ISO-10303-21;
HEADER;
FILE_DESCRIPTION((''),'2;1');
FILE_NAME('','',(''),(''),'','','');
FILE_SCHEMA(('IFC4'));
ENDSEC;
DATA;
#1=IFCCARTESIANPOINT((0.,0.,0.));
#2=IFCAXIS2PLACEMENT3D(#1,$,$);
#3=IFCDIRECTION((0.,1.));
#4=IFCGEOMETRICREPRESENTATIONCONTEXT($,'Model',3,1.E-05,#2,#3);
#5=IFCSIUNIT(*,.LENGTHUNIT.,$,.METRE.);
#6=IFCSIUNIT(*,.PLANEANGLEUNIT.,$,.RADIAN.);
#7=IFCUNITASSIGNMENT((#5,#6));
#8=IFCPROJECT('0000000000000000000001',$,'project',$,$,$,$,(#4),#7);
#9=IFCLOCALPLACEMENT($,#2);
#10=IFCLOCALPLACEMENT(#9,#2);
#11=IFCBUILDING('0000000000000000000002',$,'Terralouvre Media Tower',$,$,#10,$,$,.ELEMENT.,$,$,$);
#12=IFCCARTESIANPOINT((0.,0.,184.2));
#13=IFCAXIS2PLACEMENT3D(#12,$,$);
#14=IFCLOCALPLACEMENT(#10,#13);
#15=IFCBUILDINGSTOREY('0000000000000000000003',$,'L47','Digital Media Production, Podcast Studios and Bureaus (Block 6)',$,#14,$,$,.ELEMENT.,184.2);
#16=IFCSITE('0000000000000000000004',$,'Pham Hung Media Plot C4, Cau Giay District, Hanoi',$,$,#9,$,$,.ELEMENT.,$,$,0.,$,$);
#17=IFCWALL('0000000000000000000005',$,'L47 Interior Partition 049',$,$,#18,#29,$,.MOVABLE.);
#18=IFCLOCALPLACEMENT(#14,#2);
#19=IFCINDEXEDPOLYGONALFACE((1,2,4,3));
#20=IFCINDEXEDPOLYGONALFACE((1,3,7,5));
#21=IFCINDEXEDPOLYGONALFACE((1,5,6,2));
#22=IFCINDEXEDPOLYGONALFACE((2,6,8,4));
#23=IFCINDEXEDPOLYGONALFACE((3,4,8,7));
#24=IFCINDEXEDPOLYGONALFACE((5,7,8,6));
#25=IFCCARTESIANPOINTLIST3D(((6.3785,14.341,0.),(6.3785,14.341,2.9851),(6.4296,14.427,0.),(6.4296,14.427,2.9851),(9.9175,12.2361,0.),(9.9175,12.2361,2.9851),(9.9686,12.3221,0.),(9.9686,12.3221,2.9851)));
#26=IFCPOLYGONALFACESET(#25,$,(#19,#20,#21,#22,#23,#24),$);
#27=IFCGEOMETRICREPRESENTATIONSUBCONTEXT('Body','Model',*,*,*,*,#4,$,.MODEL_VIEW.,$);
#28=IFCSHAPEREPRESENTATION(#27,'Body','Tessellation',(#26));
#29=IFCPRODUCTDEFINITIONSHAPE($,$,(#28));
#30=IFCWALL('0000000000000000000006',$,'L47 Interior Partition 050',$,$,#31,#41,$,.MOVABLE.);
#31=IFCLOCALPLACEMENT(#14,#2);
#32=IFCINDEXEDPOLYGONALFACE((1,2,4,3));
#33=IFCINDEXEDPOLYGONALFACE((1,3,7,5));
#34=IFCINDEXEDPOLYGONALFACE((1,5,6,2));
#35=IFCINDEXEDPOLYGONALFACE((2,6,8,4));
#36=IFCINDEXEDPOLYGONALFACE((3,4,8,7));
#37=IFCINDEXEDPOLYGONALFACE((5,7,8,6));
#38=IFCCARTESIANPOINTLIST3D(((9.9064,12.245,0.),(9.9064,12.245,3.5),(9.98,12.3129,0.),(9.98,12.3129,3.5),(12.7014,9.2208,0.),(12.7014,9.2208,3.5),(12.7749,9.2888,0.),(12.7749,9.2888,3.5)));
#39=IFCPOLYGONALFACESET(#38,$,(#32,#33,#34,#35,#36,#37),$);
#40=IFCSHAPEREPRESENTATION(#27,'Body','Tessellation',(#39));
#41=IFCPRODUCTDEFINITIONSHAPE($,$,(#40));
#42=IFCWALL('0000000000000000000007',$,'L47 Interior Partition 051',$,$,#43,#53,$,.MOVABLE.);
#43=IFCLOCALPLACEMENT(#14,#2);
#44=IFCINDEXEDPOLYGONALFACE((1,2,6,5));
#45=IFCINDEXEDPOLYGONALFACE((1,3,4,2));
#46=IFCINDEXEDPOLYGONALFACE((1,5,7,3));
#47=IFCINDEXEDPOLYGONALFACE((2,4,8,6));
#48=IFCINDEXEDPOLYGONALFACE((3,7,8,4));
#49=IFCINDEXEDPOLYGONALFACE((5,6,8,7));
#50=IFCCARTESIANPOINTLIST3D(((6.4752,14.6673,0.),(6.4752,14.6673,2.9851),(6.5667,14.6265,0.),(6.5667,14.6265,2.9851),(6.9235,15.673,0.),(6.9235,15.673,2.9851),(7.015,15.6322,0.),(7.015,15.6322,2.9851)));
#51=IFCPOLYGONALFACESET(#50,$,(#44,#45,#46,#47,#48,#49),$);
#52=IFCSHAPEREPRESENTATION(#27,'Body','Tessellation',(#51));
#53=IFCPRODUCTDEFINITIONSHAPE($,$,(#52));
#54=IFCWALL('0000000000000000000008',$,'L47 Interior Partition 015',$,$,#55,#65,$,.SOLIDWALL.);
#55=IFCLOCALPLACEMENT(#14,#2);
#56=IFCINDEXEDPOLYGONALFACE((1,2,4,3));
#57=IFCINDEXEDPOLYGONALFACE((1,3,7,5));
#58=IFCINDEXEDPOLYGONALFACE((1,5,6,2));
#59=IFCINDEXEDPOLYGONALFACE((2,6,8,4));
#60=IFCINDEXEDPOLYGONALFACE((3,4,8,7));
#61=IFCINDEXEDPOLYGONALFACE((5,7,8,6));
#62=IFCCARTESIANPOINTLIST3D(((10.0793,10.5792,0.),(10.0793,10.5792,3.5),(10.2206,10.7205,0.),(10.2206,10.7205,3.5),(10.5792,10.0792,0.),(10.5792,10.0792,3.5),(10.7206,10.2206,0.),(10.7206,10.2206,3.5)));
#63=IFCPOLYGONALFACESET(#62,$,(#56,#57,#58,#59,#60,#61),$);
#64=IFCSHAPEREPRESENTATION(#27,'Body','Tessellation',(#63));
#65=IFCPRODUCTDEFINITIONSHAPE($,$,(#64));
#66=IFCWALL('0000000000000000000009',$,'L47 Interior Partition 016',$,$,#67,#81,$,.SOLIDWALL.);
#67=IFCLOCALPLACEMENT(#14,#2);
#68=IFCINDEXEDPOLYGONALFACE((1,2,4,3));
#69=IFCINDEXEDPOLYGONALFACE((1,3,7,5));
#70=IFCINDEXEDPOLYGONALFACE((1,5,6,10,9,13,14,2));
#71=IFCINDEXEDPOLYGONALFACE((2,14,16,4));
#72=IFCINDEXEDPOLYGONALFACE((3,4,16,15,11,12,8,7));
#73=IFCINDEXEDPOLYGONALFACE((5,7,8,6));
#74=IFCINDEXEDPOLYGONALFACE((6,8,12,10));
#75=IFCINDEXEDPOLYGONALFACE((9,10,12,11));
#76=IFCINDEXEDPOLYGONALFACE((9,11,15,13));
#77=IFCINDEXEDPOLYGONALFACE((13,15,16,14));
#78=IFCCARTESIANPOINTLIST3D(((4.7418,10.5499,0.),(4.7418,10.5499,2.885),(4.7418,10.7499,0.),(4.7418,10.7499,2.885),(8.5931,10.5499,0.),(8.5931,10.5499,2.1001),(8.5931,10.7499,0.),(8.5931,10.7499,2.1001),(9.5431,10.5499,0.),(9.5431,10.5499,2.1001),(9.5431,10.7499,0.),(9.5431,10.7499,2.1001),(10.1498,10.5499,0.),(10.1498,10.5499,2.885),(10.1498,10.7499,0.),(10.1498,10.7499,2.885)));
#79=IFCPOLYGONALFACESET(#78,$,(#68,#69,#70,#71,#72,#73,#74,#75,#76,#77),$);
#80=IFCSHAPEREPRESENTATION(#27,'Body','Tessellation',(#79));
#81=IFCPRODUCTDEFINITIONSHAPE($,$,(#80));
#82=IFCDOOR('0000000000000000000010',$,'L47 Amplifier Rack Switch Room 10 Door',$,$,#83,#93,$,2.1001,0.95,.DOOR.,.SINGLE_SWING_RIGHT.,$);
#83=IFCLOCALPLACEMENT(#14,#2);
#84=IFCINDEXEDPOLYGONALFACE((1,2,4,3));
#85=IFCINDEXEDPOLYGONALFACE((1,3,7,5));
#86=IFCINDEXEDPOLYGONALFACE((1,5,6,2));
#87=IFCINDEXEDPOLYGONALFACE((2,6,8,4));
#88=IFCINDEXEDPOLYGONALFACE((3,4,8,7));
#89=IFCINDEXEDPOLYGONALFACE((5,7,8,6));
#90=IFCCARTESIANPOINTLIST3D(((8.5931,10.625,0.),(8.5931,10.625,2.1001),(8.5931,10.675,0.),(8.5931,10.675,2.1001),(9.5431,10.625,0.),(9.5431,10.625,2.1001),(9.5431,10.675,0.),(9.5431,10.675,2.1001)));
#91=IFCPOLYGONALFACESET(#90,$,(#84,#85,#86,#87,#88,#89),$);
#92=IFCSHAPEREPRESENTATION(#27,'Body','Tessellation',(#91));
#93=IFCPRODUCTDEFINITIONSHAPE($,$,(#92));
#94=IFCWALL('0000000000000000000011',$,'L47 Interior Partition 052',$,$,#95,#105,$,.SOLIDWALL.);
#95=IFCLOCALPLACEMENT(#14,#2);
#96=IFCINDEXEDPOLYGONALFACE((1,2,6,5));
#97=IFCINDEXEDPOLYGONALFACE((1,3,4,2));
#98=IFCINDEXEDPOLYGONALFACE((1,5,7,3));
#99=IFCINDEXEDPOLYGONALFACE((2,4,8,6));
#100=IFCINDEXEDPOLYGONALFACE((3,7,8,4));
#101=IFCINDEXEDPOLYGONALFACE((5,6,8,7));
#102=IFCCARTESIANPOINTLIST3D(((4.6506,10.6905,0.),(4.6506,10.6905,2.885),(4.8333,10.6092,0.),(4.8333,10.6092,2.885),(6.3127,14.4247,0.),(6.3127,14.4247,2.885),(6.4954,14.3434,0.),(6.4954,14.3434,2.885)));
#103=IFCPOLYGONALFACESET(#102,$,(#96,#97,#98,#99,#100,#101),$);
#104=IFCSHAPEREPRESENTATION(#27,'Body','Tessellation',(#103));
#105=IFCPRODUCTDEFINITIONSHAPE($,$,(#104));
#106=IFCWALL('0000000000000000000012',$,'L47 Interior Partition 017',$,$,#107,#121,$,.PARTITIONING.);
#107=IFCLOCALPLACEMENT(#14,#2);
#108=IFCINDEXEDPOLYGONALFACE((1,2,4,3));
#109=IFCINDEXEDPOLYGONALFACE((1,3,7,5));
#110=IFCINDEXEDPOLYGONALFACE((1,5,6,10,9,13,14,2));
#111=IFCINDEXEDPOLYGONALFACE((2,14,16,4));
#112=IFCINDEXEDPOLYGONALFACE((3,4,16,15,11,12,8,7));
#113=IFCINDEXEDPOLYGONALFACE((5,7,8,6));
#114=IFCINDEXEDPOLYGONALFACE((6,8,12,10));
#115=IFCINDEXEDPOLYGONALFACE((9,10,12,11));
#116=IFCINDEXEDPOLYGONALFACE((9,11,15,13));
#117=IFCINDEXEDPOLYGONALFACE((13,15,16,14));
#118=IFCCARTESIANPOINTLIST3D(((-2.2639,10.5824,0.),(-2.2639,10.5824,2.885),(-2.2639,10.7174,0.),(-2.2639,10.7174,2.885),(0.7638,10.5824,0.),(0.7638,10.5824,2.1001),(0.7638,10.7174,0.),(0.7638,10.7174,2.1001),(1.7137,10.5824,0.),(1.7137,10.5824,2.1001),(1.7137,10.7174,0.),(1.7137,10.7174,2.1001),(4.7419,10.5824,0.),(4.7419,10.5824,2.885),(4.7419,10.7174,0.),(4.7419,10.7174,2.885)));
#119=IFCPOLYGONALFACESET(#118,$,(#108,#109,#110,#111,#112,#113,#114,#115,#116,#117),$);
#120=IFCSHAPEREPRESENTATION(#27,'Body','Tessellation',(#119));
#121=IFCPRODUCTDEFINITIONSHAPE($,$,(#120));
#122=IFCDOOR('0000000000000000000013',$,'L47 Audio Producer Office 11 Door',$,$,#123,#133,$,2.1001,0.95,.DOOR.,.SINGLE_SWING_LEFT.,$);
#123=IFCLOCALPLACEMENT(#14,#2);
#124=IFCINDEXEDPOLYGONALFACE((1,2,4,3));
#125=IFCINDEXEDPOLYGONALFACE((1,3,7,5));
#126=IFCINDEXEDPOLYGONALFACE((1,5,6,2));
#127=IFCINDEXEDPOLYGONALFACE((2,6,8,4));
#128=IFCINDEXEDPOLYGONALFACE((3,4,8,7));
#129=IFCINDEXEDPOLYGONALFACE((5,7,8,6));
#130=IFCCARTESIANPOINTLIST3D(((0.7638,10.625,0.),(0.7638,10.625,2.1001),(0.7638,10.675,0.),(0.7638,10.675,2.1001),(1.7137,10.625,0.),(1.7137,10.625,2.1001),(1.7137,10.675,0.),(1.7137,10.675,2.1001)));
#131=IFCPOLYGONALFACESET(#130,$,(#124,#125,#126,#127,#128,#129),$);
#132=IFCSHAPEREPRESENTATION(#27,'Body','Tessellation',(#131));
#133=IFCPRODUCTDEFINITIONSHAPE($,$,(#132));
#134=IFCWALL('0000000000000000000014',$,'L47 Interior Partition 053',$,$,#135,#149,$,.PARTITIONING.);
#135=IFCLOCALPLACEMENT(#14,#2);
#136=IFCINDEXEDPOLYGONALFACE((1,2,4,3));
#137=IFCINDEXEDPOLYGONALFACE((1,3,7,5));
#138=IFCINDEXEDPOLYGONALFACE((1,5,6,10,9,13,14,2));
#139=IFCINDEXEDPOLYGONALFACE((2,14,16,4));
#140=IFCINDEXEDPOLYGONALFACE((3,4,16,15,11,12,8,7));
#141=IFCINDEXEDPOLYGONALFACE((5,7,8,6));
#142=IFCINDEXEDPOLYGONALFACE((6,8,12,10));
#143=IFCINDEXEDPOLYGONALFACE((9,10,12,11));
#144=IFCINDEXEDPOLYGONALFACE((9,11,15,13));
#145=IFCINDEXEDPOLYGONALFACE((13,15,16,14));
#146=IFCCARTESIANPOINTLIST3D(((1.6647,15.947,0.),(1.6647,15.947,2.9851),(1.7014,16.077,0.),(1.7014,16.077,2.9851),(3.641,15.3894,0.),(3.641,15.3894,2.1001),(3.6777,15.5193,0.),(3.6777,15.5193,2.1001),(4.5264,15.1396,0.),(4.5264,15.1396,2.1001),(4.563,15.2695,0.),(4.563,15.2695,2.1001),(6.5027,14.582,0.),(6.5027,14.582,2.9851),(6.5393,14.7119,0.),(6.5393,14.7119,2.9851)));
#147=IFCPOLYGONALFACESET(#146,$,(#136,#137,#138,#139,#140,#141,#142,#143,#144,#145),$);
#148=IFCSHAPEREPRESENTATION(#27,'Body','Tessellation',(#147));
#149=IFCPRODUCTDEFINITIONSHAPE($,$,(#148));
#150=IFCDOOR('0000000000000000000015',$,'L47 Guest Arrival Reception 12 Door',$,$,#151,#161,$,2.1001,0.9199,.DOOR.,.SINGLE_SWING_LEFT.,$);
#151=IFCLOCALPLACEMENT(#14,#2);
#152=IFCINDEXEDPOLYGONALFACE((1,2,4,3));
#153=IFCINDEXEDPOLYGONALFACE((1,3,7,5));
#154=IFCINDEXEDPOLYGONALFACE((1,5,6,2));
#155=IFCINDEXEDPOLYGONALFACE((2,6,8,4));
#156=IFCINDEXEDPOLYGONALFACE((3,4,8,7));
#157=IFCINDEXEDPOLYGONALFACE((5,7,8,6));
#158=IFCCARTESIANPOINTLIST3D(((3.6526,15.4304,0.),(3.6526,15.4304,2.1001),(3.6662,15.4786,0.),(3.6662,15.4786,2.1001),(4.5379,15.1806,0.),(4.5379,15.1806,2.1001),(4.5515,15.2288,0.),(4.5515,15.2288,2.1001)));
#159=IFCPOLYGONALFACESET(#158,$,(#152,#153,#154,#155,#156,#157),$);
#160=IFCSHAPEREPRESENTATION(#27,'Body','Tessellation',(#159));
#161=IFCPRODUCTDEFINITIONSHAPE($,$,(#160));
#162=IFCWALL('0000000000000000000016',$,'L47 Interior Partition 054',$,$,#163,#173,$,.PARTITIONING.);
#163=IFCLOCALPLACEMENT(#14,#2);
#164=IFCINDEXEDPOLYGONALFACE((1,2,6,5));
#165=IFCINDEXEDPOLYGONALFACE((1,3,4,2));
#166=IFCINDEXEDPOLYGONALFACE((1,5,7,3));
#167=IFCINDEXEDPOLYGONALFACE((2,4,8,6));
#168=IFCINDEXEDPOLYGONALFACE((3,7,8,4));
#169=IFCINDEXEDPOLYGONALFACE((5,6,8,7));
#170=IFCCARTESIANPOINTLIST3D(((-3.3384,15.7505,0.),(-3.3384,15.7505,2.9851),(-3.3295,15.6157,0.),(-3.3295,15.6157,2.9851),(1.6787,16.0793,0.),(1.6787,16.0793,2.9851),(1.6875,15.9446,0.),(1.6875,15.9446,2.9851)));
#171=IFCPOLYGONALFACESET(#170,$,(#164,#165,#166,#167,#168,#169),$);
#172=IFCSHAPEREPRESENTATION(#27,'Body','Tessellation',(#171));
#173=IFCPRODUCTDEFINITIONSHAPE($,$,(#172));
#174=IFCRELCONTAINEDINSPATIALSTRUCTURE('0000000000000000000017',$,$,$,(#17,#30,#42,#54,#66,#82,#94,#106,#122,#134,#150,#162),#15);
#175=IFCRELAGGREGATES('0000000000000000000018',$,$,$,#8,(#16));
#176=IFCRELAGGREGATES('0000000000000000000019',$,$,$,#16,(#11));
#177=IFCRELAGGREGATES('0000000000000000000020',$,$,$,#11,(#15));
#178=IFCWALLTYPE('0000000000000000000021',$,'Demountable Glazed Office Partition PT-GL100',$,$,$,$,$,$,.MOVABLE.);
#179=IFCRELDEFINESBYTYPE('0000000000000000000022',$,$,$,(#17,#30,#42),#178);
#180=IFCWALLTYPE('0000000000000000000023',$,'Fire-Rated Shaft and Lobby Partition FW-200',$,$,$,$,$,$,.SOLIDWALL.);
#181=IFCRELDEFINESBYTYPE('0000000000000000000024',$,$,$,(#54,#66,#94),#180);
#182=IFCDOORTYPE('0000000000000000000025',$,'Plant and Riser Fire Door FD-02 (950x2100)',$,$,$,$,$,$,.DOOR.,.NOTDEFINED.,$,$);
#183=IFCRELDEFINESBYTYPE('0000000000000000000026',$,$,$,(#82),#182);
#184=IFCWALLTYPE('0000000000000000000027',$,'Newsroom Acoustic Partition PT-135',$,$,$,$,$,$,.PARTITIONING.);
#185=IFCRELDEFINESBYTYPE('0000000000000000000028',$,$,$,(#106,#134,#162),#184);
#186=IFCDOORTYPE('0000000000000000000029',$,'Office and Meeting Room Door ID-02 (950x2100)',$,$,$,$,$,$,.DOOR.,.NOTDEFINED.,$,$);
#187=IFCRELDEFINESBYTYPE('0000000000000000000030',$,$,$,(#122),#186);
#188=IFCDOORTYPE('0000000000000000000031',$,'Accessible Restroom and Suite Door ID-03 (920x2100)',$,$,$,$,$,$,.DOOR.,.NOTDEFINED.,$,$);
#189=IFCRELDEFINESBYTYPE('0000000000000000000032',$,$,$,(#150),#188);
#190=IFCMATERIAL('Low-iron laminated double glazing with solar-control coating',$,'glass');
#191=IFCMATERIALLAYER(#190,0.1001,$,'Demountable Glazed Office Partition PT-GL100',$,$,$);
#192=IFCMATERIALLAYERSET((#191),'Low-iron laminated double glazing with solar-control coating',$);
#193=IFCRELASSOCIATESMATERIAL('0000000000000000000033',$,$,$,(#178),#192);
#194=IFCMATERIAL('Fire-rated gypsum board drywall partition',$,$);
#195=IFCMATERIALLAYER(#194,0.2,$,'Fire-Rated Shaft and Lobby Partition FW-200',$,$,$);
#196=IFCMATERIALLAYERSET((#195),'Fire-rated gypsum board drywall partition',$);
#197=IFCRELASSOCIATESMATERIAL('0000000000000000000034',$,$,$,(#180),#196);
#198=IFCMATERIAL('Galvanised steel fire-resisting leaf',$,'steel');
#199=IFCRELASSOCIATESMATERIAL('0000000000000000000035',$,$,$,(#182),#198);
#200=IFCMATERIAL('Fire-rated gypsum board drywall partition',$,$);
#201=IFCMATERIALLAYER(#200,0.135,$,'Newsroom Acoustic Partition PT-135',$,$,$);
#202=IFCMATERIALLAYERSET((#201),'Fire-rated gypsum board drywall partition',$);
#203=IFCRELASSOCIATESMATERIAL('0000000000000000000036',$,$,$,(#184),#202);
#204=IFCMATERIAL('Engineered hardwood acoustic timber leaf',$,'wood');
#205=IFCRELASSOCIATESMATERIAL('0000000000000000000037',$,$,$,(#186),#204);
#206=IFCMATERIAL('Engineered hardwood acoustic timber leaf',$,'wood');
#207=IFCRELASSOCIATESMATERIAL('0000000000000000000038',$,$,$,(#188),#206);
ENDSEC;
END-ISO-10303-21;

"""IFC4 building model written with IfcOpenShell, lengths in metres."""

from ifc_helpers import new_model, si_unit, direction, frame, frame_2d, origin, place, context, subcontext, project, spatial, rectangle, extrude, material, layer, layer_set, type_object, element, fill, save


model = new_model("IFC4")

# Units and contexts
model_context = context("Model", 3, precision=1e-05, world=origin(), true_north=direction((0.0, 1.0)))
body_context = subcontext(model_context, "Body", "Model", "MODEL_VIEW")
ifc_project = project(units=[si_unit("LENGTHUNIT", "METRE"), si_unit("PLANEANGLEUNIT", "RADIAN")], contexts=[model_context])

# Site, building, storey
site_placement = place(None, origin())
site = spatial("IfcSite", under=ifc_project, at=site_placement, Name="Pham Hung Media Plot C4, Cau Giay District, Hanoi", CompositionType="ELEMENT", RefElevation=0.0)
building_placement = place(site_placement, origin())
building = spatial("IfcBuilding", under=site, at=building_placement, Name="Terralouvre Media Tower", CompositionType="ELEMENT")
storey_placement = place(building_placement, frame((0.0, 0.0, 184.2)))
storey = spatial("IfcBuildingStorey", under=building, at=storey_placement, Name="L47", Description="Digital Media Production, Podcast Studios and Bureaus (Block 6)", CompositionType="ELEMENT", Elevation=184.2)

# Walls
ifc_material_1 = material(Name="Low-iron laminated double glazing with solar-control coating", Category="glass")
ifc_layer_1 = layer(ifc_material_1, 0.1001, Name="Demountable Glazed Office Partition PT-GL100")
ifc_layer_set_1 = layer_set([ifc_layer_1], Name="Low-iron laminated double glazing with solar-control coating")
wall_type_1 = type_object("IfcWallType", Name="Demountable Glazed Office Partition PT-GL100", PredefinedType="MOVABLE", material=ifc_layer_set_1)
wall_1_placement = place(storey_placement, frame((6.4041, 14.384, 0.0), z_axis=(0.0, 0.0, 1.0), x_axis=(0.859464, -0.511196, 0.0)))
element("IfcWall", 1, at=wall_1_placement, inside=storey, type_object=wall_type_1, Name="L47 Interior Partition 049", PredefinedType="MOVABLE", context=body_context, shape_type="SweptSolid", body=[
    extrude(rectangle(XDim=4.1177, YDim=0.1001, at=frame_2d((2.0588, 0.0))), origin(), (0.0, 0.0, 1.0), 2.9851),
])
wall_2_placement = place(storey_placement, frame((9.9431, 12.2791, 0.0), z_axis=(0.0, 0.0, 1.0), x_axis=(0.678723, -0.734394, 0.0)))
element("IfcWall", 2, at=wall_2_placement, inside=storey, type_object=wall_type_1, Name="L47 Interior Partition 050", PredefinedType="MOVABLE", context=body_context, shape_type="SweptSolid", body=[
    extrude(rectangle(XDim=4.1179, YDim=0.1001, at=frame_2d((2.0591, 0.0))), origin(), (0.0, 0.0, 1.0), 3.5),
])
wall_3_placement = place(storey_placement, frame((6.9692, 15.6526, 0.0), z_axis=(0.0, 0.0, 1.0), x_axis=(-0.407126, -0.913372, 0.0)))
element("IfcWall", 3, at=wall_3_placement, inside=storey, type_object=wall_type_1, Name="L47 Interior Partition 051", PredefinedType="MOVABLE", context=body_context, shape_type="SweptSolid", body=[
    extrude(rectangle(XDim=1.1011, YDim=0.1001, at=frame_2d((0.5505, 0.0))), origin(), (0.0, 0.0, 1.0), 2.9851),
])
ifc_material_2 = material(Name="Fire-rated gypsum board drywall partition")
ifc_layer_2 = layer(ifc_material_2, 0.2, Name="Fire-Rated Shaft and Lobby Partition FW-200")
ifc_layer_set_2 = layer_set([ifc_layer_2], Name="Fire-rated gypsum board drywall partition")
wall_type_2 = type_object("IfcWallType", Name="Fire-Rated Shaft and Lobby Partition FW-200", PredefinedType="SOLIDWALL", material=ifc_layer_set_2)
wall_4_placement = place(storey_placement, frame((10.6499, 10.1499, 0.0), z_axis=(0.0, 0.0, 1.0), x_axis=(-0.707107, 0.707107, 0.0)))
element("IfcWall", 4, at=wall_4_placement, inside=storey, type_object=wall_type_2, Name="L47 Interior Partition 015", PredefinedType="SOLIDWALL", context=body_context, shape_type="SweptSolid", body=[
    extrude(rectangle(XDim=0.707, YDim=0.2, at=frame_2d((0.3535, 0.0))), origin(), (0.0, 0.0, 1.0), 3.5),
])

# Wall, opening, door
wall_5_placement = place(storey_placement, frame((10.1499, 10.6499, 0.0), z_axis=(0.0, 0.0, 1.0), x_axis=(-1.0, 0.0, 0.0)))
wall_5 = element("IfcWall", 5, at=wall_5_placement, inside=storey, type_object=wall_type_2, Name="L47 Interior Partition 016", PredefinedType="SOLIDWALL", context=body_context, shape_type="SweptSolid", body=[
    extrude(rectangle(XDim=5.408, YDim=0.2, at=frame_2d((2.7041, 0.0))), origin(), (0.0, 0.0, 1.0), 2.885),
])
opening_1_placement = place(wall_5_placement, frame((0.6067, 0.0, 0.0)))
opening_1 = element("IfcOpeningElement", 6, at=opening_1_placement, cuts=wall_5, PredefinedType="OPENING", context=body_context, shape_type="SweptSolid", body=[
    extrude(rectangle(XDim=0.95, YDim=2.1001, at=frame_2d((0.4751, 1.05))), frame((0.0, 0.1099, 0.0), z_axis=(0.0, -1.0, 0.0), x_axis=(1.0, 0.0, 0.0)), (0.0, 0.0, 1.0), 0.22),
])
ifc_material_3 = material(Name="Galvanised steel fire-resisting leaf", Category="steel")
door_type_1 = type_object("IfcDoorType", Name="Plant and Riser Fire Door FD-02 (950x2100)", OperationType="NOTDEFINED", PredefinedType="DOOR", material=ifc_material_3)
door_1_placement = place(opening_1_placement, origin())
door_1 = element("IfcDoor", 7, at=door_1_placement, inside=storey, type_object=door_type_1, Name="L47 Amplifier Rack Switch Room 10 Door", OperationType="SINGLE_SWING_RIGHT", OverallHeight=2.1001, OverallWidth=0.95, PredefinedType="DOOR", context=body_context, shape_type="SweptSolid", body=[
    extrude(rectangle(XDim=0.95, YDim=2.1001, at=frame_2d((0.4751, 1.05))), frame((0.0, 0.0249, 0.0), z_axis=(0.0, -1.0, 0.0), x_axis=(1.0, 0.0, 0.0)), (0.0, 0.0, 1.0), 0.05),
])
fill(opening_1, door_1)

# Wall
wall_6_placement = place(storey_placement, frame((6.4041, 14.384, 0.0), z_axis=(0.0, 0.0, 1.0), x_axis=(-0.406648, -0.913585, 0.0)))
element("IfcWall", 8, at=wall_6_placement, inside=storey, type_object=wall_type_2, Name="L47 Interior Partition 052", PredefinedType="SOLIDWALL", context=body_context, shape_type="SweptSolid", body=[
    extrude(rectangle(XDim=4.0874, YDim=0.2, at=frame_2d((2.0437, 0.0))), origin(), (0.0, 0.0, 1.0), 2.885),
])

# Walls, openings, doors
ifc_material_4 = material(Name="Fire-rated gypsum board drywall partition")
ifc_layer_3 = layer(ifc_material_4, 0.135, Name="Newsroom Acoustic Partition PT-135")
ifc_layer_set_3 = layer_set([ifc_layer_3], Name="Fire-rated gypsum board drywall partition")
wall_type_3 = type_object("IfcWallType", Name="Newsroom Acoustic Partition PT-135", PredefinedType="PARTITIONING", material=ifc_layer_set_3)
wall_7_placement = place(storey_placement, frame((4.7419, 10.6499, 0.0), z_axis=(0.0, 0.0, 1.0), x_axis=(-1.0, 0.0, 0.0)))
wall_7 = element("IfcWall", 9, at=wall_7_placement, inside=storey, type_object=wall_type_3, Name="L47 Interior Partition 017", PredefinedType="PARTITIONING", context=body_context, shape_type="SweptSolid", body=[
    extrude(rectangle(XDim=7.0059, YDim=0.135, at=frame_2d((3.5029, 0.0))), origin(), (0.0, 0.0, 1.0), 2.885),
])
opening_2_placement = place(wall_7_placement, frame((3.0281, 0.0, 0.0)))
opening_2 = element("IfcOpeningElement", 10, at=opening_2_placement, cuts=wall_7, PredefinedType="OPENING", context=body_context, shape_type="SweptSolid", body=[
    extrude(rectangle(XDim=0.95, YDim=2.1001, at=frame_2d((0.4751, 1.05))), frame((0.0, 0.0774, 0.0), z_axis=(0.0, -1.0, 0.0), x_axis=(1.0, 0.0, 0.0)), (0.0, 0.0, 1.0), 0.155),
])
ifc_material_5 = material(Name="Engineered hardwood acoustic timber leaf", Category="wood")
door_type_2 = type_object("IfcDoorType", Name="Office and Meeting Room Door ID-02 (950x2100)", OperationType="NOTDEFINED", PredefinedType="DOOR", material=ifc_material_5)
door_2_placement = place(opening_2_placement, origin())
door_2 = element("IfcDoor", 11, at=door_2_placement, inside=storey, type_object=door_type_2, Name="L47 Audio Producer Office 11 Door", OperationType="SINGLE_SWING_LEFT", OverallHeight=2.1001, OverallWidth=0.95, PredefinedType="DOOR", context=body_context, shape_type="SweptSolid", body=[
    extrude(rectangle(XDim=0.95, YDim=2.1001, at=frame_2d((0.4751, 1.05))), frame((0.0, 0.0249, 0.0), z_axis=(0.0, -1.0, 0.0), x_axis=(1.0, 0.0, 0.0)), (0.0, 0.0, 1.0), 0.05),
])
fill(opening_2, door_2)
wall_8_placement = place(storey_placement, frame((6.521, 14.647, 0.0), z_axis=(0.0, 0.0, 1.0), x_axis=(-0.962426, 0.271544, 0.0)))
wall_8 = element("IfcWall", 12, at=wall_8_placement, inside=storey, type_object=wall_type_3, Name="L47 Interior Partition 053", PredefinedType="PARTITIONING", context=body_context, shape_type="SweptSolid", body=[
    extrude(rectangle(XDim=5.0269, YDim=0.135, at=frame_2d((2.5134, 0.0))), origin(), (0.0, 0.0, 1.0), 2.9851),
])
opening_3_placement = place(wall_8_placement, frame((2.0535, 0.0, 0.0)))
opening_3 = element("IfcOpeningElement", 13, at=opening_3_placement, cuts=wall_8, PredefinedType="OPENING", context=body_context, shape_type="SweptSolid", body=[
    extrude(rectangle(XDim=0.9199, YDim=2.1001, at=frame_2d((0.46, 1.05))), frame((0.0, 0.0774, 0.0), z_axis=(0.0, -1.0, 0.0), x_axis=(1.0, 0.0, 0.0)), (0.0, 0.0, 1.0), 0.155),
])
ifc_material_6 = material(Name="Engineered hardwood acoustic timber leaf", Category="wood")
door_type_3 = type_object("IfcDoorType", Name="Accessible Restroom and Suite Door ID-03 (920x2100)", OperationType="NOTDEFINED", PredefinedType="DOOR", material=ifc_material_6)
door_3_placement = place(opening_3_placement, origin())
door_3 = element("IfcDoor", 14, at=door_3_placement, inside=storey, type_object=door_type_3, Name="L47 Guest Arrival Reception 12 Door", OperationType="SINGLE_SWING_LEFT", OverallHeight=2.1001, OverallWidth=0.9199, PredefinedType="DOOR", context=body_context, shape_type="SweptSolid", body=[
    extrude(rectangle(XDim=0.9199, YDim=2.1001, at=frame_2d((0.46, 1.05))), frame((0.0, 0.0249, 0.0), z_axis=(0.0, -1.0, 0.0), x_axis=(1.0, 0.0, 0.0)), (0.0, 0.0, 1.0), 0.05),
])
fill(opening_3, door_3)

# Wall
wall_9_placement = place(storey_placement, frame((1.6831, 16.012, 0.0), z_axis=(0.0, 0.0, 1.0), x_axis=(-0.997859, -0.065407, 0.0)))
element("IfcWall", 15, at=wall_9_placement, inside=storey, type_object=wall_type_3, Name="L47 Interior Partition 054", PredefinedType="PARTITIONING", context=body_context, shape_type="SweptSolid", body=[
    extrude(rectangle(XDim=5.0278, YDim=0.135, at=frame_2d((2.5139, 0.0))), origin(), (0.0, 0.0, 1.0), 2.9851),
])

save(model, "model.ifc")
